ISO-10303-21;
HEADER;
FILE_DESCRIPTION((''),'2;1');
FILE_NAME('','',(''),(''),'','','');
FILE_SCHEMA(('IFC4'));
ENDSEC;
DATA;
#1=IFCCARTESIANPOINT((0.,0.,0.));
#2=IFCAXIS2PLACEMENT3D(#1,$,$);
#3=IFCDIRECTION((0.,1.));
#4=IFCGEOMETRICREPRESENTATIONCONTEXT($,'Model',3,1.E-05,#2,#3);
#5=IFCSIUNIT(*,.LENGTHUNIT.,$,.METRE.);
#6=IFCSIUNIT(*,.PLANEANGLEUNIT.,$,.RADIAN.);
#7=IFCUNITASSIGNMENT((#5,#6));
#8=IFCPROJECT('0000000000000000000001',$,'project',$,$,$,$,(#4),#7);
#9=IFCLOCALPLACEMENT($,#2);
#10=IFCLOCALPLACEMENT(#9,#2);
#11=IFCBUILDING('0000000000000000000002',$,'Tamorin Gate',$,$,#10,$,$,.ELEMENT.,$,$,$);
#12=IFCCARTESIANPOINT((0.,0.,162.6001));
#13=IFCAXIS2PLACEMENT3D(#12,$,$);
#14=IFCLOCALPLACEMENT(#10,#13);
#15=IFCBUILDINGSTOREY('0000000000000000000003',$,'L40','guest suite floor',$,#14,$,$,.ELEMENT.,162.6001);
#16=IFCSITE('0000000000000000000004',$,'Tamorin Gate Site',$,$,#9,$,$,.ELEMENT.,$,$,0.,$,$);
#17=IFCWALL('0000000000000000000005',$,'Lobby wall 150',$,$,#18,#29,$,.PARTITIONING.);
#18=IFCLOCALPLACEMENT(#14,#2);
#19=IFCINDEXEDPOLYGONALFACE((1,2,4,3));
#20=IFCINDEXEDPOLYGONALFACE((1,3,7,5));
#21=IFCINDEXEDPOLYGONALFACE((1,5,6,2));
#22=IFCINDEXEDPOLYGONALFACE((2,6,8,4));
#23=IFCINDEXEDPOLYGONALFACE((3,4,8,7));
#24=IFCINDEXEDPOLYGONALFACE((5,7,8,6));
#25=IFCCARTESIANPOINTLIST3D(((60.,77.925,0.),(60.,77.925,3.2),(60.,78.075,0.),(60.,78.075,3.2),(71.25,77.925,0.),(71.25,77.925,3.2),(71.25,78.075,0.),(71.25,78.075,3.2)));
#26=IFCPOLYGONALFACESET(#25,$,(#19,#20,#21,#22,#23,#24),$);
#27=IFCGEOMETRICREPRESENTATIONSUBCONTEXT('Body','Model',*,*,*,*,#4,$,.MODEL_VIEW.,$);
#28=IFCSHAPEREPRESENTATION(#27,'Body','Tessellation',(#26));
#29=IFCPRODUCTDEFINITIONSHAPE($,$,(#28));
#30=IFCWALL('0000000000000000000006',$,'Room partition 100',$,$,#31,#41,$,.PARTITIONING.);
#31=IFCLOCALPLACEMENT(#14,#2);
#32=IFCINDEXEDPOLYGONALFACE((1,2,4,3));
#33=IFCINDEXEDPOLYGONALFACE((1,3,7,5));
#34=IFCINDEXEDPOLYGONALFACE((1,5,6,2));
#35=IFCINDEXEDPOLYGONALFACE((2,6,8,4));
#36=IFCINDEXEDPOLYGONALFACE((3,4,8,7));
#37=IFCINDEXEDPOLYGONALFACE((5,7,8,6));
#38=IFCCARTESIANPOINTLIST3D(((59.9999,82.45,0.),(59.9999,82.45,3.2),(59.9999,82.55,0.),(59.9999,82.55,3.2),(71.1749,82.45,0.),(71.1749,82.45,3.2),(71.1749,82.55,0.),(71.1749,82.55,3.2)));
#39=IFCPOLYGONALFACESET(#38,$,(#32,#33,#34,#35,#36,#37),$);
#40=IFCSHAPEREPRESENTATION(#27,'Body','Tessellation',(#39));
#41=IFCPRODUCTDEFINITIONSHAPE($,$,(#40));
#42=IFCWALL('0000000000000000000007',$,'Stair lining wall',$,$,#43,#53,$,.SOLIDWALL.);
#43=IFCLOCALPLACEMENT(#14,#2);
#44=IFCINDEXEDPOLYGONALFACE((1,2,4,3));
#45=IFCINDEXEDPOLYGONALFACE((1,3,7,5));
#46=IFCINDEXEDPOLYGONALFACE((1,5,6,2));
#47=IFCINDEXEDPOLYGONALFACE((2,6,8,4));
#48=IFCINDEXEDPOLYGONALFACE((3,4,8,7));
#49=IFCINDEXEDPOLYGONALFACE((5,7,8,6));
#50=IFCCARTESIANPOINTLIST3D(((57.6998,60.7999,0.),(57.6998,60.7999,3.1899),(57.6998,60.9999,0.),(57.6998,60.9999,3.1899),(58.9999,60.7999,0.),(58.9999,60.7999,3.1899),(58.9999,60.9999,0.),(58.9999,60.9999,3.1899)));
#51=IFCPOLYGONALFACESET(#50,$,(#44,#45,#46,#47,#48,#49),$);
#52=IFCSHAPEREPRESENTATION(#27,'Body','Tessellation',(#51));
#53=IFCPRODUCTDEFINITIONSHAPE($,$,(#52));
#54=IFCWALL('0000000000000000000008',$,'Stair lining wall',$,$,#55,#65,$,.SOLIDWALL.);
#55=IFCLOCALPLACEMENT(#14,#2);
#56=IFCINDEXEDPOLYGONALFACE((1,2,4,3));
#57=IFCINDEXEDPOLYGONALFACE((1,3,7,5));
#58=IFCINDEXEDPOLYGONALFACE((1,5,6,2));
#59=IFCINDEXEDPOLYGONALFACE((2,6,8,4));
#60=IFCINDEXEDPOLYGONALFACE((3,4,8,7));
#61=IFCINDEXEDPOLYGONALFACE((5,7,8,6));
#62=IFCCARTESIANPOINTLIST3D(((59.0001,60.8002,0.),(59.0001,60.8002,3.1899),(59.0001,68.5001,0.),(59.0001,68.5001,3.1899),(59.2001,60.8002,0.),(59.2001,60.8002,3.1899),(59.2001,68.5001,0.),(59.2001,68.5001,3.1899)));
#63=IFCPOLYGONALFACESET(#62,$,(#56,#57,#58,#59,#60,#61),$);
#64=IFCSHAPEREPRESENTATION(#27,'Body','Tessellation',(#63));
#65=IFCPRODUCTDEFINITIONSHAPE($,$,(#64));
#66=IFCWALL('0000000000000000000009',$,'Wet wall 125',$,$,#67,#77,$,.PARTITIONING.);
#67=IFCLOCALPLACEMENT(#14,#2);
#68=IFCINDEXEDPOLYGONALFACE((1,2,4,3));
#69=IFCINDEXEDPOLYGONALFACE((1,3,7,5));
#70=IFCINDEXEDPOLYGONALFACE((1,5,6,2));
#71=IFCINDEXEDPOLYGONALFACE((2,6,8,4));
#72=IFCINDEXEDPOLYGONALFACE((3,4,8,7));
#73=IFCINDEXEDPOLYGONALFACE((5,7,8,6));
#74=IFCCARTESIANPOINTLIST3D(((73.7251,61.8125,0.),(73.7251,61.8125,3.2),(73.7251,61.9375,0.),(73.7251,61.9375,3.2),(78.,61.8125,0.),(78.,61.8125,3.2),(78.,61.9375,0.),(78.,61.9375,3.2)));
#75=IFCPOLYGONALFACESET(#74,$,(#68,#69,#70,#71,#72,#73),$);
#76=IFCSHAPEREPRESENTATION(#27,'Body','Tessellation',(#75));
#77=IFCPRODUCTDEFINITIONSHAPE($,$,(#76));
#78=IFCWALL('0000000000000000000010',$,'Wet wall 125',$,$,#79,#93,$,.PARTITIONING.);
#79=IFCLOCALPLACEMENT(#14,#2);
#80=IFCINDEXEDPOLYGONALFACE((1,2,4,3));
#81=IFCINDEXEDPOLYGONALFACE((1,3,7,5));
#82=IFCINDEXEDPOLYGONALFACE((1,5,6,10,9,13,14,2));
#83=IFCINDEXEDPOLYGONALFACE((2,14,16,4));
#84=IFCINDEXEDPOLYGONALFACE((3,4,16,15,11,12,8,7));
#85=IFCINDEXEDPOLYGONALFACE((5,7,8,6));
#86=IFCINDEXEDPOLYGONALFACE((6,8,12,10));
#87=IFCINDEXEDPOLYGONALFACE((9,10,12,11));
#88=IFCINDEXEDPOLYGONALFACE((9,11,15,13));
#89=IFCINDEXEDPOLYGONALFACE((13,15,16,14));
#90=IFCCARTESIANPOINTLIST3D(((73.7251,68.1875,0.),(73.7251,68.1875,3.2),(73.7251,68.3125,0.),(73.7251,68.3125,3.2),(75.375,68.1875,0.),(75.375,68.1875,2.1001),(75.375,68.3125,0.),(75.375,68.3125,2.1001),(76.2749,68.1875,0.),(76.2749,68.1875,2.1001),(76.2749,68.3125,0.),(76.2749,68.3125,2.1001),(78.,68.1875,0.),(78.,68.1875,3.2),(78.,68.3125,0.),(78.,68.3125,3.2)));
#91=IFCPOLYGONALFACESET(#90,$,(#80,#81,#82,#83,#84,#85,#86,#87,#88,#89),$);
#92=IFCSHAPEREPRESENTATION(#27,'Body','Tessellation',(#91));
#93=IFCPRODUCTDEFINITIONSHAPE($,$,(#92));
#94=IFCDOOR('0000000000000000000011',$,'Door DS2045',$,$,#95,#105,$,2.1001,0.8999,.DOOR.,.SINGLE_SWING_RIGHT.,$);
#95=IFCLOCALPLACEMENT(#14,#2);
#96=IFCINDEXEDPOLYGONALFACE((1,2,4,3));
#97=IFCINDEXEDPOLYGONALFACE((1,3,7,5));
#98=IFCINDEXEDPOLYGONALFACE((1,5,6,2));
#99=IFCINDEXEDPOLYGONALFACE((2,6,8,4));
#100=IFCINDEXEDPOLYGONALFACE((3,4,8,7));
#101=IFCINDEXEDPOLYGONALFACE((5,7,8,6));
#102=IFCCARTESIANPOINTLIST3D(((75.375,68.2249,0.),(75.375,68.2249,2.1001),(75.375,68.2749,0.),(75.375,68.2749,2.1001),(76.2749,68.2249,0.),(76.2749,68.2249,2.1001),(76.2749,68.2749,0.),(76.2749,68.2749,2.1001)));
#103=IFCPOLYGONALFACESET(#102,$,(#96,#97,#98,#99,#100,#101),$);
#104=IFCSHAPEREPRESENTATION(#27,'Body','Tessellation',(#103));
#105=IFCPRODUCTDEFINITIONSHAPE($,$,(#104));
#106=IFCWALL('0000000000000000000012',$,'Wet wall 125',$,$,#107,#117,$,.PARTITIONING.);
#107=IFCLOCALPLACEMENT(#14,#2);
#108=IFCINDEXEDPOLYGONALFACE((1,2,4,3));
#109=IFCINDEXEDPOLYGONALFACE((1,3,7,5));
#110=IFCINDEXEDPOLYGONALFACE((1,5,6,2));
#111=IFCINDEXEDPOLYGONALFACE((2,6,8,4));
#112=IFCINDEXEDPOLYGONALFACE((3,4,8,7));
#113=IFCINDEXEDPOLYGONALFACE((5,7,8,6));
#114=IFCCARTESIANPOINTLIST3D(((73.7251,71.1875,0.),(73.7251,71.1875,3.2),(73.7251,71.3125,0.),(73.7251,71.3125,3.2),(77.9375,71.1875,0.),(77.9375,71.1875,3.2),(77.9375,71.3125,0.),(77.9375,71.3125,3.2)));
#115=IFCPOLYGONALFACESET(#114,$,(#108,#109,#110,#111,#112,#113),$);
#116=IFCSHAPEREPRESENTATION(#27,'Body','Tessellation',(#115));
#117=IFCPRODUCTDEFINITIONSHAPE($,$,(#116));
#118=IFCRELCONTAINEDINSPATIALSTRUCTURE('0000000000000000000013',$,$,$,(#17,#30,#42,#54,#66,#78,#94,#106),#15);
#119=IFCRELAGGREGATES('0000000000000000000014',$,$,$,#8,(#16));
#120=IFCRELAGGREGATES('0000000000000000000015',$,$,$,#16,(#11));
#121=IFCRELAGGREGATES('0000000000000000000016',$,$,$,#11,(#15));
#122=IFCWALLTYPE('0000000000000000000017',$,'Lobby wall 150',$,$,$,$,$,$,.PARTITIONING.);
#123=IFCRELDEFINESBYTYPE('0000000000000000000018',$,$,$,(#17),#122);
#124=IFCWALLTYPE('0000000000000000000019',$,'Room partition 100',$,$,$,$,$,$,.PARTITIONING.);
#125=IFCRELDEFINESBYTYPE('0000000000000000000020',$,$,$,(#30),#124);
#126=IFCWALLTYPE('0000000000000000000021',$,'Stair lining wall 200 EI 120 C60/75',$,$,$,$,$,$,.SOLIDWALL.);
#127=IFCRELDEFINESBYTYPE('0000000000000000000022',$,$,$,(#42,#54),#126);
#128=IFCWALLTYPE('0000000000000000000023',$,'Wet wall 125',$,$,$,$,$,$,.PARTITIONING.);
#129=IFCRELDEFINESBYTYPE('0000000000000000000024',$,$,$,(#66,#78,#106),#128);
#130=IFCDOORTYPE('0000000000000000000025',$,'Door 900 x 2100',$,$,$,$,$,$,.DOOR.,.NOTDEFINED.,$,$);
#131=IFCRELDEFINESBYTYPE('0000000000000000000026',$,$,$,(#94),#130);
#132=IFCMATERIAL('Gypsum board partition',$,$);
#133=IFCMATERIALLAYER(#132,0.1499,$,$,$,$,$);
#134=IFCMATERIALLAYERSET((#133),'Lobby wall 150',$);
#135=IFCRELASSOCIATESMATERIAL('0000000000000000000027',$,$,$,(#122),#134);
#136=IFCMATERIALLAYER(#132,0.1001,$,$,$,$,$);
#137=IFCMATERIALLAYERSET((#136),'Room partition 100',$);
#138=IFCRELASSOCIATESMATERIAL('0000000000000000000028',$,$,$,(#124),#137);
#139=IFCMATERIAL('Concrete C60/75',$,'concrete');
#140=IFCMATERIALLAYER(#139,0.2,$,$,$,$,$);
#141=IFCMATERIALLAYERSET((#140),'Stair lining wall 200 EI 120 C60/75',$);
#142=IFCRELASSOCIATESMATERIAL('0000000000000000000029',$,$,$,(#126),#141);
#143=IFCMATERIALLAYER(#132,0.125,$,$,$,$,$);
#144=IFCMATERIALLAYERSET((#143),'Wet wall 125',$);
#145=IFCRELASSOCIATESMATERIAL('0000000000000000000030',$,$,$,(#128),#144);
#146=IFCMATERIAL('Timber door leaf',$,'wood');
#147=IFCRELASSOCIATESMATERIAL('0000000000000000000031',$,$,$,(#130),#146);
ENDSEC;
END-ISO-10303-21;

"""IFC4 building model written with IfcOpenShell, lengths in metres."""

from ifc_helpers import new_model, si_unit, direction, frame, frame_2d, origin, place, context, subcontext, project, spatial, rectangle, extrude, material, layer, layer_set, type_object, element, fill, save


model = new_model("IFC4")

# Units and contexts
model_context = context("Model", 3, precision=1e-05, world=origin(), true_north=direction((0.0, 1.0)))
body_context = subcontext(model_context, "Body", "Model", "MODEL_VIEW")
ifc_project = project(units=[si_unit("LENGTHUNIT", "METRE"), si_unit("PLANEANGLEUNIT", "RADIAN")], contexts=[model_context])

# Site, building, storey
site_placement = place(None, origin())
site = spatial("IfcSite", under=ifc_project, at=site_placement, Name="Tamorin Gate Site", CompositionType="ELEMENT", RefElevation=0.0)
building_placement = place(site_placement, origin())
building = spatial("IfcBuilding", under=site, at=building_placement, Name="Tamorin Gate", CompositionType="ELEMENT")
storey_placement = place(building_placement, frame((0.0, 0.0, 162.6001)))
storey = spatial("IfcBuildingStorey", under=building, at=storey_placement, Name="L40", Description="guest suite floor", CompositionType="ELEMENT", Elevation=162.6001)

# Shared definitions
ifc_material_1 = material(Name="Concrete C60/75", Category="concrete")

# Shared definitions
ifc_material_2 = material(Name="Gypsum board partition")
ifc_material_3 = material(Name="Timber door leaf", Category="wood")

# Walls
ifc_layer_1 = layer(ifc_material_2, 0.1499)
ifc_layer_set_1 = layer_set([ifc_layer_1], Name="Lobby wall 150")
wall_type_1 = type_object("IfcWallType", Name="Lobby wall 150", PredefinedType="PARTITIONING", material=ifc_layer_set_1)
for number, where, z_axis, x_axis, name in (
    (1, (60.0, 78.0, 0.0), (0.0, 0.0, 1.0), (1.0, 0.0, 0.0), "Lobby wall 150"),
):
    element("IfcWall", number, at=place(storey_placement, frame(where, z_axis=z_axis, x_axis=x_axis)), inside=storey, type_object=wall_type_1, Name=name, PredefinedType="PARTITIONING", context=body_context, shape_type="SweptSolid", body=[
        extrude(rectangle(XDim=11.25, YDim=0.1499, at=frame_2d((5.625, 0.0))), origin(), (0.0, 0.0, 1.0), 3.2),
    ])
ifc_layer_2 = layer(ifc_material_2, 0.1001)
ifc_layer_set_2 = layer_set([ifc_layer_2], Name="Room partition 100")
wall_type_2 = type_object("IfcWallType", Name="Room partition 100", PredefinedType="PARTITIONING", material=ifc_layer_set_2)
wall_1_placement = place(storey_placement, frame((60.0, 82.5, 0.0), z_axis=(0.0, 0.0, 1.0), x_axis=(1.0, 0.0, 0.0)))
element("IfcWall", 2, at=wall_1_placement, inside=storey, type_object=wall_type_2, Name="Room partition 100", PredefinedType="PARTITIONING", context=body_context, shape_type="SweptSolid", body=[
    extrude(rectangle(XDim=11.175, YDim=0.1001, at=frame_2d((5.5874, 0.0))), origin(), (0.0, 0.0, 1.0), 3.2),
])
ifc_layer_3 = layer(ifc_material_1, 0.2)
ifc_layer_set_3 = layer_set([ifc_layer_3], Name="Stair lining wall 200 EI 120 C60/75")
wall_type_3 = type_object("IfcWallType", Name="Stair lining wall 200 EI 120 C60/75", PredefinedType="SOLIDWALL", material=ifc_layer_set_3)
wall_2_placement = place(storey_placement, frame((57.7, 60.8999, 0.0), z_axis=(0.0, 0.0, 1.0), x_axis=(1.0, 0.0, 0.0)))
element("IfcWall", 3, at=wall_2_placement, inside=storey, type_object=wall_type_3, Name="Stair lining wall", PredefinedType="SOLIDWALL", context=body_context, shape_type="SweptSolid", body=[
    extrude(rectangle(XDim=1.3, YDim=0.2, at=frame_2d((0.6499, 0.0))), origin(), (0.0, 0.0, 1.0), 3.1899),
])
wall_3_placement = place(storey_placement, frame((59.1001, 60.8, 0.0), z_axis=(0.0, 0.0, 1.0), x_axis=(0.0, 1.0, 0.0)))
element("IfcWall", 4, at=wall_3_placement, inside=storey, type_object=wall_type_3, Name="Stair lining wall", PredefinedType="SOLIDWALL", context=body_context, shape_type="SweptSolid", body=[
    extrude(rectangle(XDim=7.7, YDim=0.2, at=frame_2d((3.8501, 0.0))), origin(), (0.0, 0.0, 1.0), 3.1899),
])
ifc_layer_4 = layer(ifc_material_2, 0.125)
ifc_layer_set_4 = layer_set([ifc_layer_4], Name="Wet wall 125")
wall_type_4 = type_object("IfcWallType", Name="Wet wall 125", PredefinedType="PARTITIONING", material=ifc_layer_set_4)
wall_4_placement = place(storey_placement, frame((73.7251, 61.875, 0.0), z_axis=(0.0, 0.0, 1.0), x_axis=(1.0, 0.0, 0.0)))
element("IfcWall", 5, at=wall_4_placement, inside=storey, type_object=wall_type_4, Name="Wet wall 125", PredefinedType="PARTITIONING", context=body_context, shape_type="SweptSolid", body=[
    extrude(rectangle(XDim=4.2749, YDim=0.125, at=frame_2d((2.1375, 0.0))), origin(), (0.0, 0.0, 1.0), 3.2),
])

# Wall, opening, door
wall_5_placement = place(storey_placement, frame((73.7251, 68.25, 0.0), z_axis=(0.0, 0.0, 1.0), x_axis=(1.0, 0.0, 0.0)))
wall_5 = element("IfcWall", 6, at=wall_5_placement, inside=storey, type_object=wall_type_4, Name="Wet wall 125", PredefinedType="PARTITIONING", context=body_context, shape_type="SweptSolid", body=[
    extrude(rectangle(XDim=4.2749, YDim=0.125, at=frame_2d((2.1375, 0.0))), origin(), (0.0, 0.0, 1.0), 3.2),
])
opening_1_placement = place(wall_5_placement, frame((1.6499, 0.0, 0.0)))
opening_1 = element("IfcOpeningElement", 7, at=opening_1_placement, cuts=wall_5, PredefinedType="OPENING", context=body_context, shape_type="SweptSolid", body=[
    extrude(rectangle(XDim=0.8999, YDim=2.1001, at=frame_2d((0.45, 1.05))), frame((0.0, 0.0725, 0.0), z_axis=(0.0, -1.0, 0.0), x_axis=(1.0, 0.0, 0.0)), (0.0, 0.0, 1.0), 0.145),
])
door_type_1 = type_object("IfcDoorType", Name="Door 900 x 2100", OperationType="NOTDEFINED", PredefinedType="DOOR", material=ifc_material_3)
door_1_placement = place(opening_1_placement, origin())
door_1 = element("IfcDoor", 8, at=door_1_placement, inside=storey, type_object=door_type_1, Name="Door DS2045", OperationType="SINGLE_SWING_RIGHT", OverallHeight=2.1001, OverallWidth=0.8999, PredefinedType="DOOR", context=body_context, shape_type="SweptSolid", body=[
    extrude(rectangle(XDim=0.8999, YDim=2.1001, at=frame_2d((0.45, 1.05))), frame((0.0, 0.0249, 0.0), z_axis=(0.0, -1.0, 0.0), x_axis=(1.0, 0.0, 0.0)), (0.0, 0.0, 1.0), 0.05),
])
fill(opening_1, door_1)

# Wall
wall_6_placement = place(storey_placement, frame((73.7251, 71.25, 0.0), z_axis=(0.0, 0.0, 1.0), x_axis=(1.0, 0.0, 0.0)))
element("IfcWall", 9, at=wall_6_placement, inside=storey, type_object=wall_type_4, Name="Wet wall 125", PredefinedType="PARTITIONING", context=body_context, shape_type="SweptSolid", body=[
    extrude(rectangle(XDim=4.2124, YDim=0.125, at=frame_2d((2.1062, 0.0))), origin(), (0.0, 0.0, 1.0), 3.2),
])

save(model, "model.ifc")
